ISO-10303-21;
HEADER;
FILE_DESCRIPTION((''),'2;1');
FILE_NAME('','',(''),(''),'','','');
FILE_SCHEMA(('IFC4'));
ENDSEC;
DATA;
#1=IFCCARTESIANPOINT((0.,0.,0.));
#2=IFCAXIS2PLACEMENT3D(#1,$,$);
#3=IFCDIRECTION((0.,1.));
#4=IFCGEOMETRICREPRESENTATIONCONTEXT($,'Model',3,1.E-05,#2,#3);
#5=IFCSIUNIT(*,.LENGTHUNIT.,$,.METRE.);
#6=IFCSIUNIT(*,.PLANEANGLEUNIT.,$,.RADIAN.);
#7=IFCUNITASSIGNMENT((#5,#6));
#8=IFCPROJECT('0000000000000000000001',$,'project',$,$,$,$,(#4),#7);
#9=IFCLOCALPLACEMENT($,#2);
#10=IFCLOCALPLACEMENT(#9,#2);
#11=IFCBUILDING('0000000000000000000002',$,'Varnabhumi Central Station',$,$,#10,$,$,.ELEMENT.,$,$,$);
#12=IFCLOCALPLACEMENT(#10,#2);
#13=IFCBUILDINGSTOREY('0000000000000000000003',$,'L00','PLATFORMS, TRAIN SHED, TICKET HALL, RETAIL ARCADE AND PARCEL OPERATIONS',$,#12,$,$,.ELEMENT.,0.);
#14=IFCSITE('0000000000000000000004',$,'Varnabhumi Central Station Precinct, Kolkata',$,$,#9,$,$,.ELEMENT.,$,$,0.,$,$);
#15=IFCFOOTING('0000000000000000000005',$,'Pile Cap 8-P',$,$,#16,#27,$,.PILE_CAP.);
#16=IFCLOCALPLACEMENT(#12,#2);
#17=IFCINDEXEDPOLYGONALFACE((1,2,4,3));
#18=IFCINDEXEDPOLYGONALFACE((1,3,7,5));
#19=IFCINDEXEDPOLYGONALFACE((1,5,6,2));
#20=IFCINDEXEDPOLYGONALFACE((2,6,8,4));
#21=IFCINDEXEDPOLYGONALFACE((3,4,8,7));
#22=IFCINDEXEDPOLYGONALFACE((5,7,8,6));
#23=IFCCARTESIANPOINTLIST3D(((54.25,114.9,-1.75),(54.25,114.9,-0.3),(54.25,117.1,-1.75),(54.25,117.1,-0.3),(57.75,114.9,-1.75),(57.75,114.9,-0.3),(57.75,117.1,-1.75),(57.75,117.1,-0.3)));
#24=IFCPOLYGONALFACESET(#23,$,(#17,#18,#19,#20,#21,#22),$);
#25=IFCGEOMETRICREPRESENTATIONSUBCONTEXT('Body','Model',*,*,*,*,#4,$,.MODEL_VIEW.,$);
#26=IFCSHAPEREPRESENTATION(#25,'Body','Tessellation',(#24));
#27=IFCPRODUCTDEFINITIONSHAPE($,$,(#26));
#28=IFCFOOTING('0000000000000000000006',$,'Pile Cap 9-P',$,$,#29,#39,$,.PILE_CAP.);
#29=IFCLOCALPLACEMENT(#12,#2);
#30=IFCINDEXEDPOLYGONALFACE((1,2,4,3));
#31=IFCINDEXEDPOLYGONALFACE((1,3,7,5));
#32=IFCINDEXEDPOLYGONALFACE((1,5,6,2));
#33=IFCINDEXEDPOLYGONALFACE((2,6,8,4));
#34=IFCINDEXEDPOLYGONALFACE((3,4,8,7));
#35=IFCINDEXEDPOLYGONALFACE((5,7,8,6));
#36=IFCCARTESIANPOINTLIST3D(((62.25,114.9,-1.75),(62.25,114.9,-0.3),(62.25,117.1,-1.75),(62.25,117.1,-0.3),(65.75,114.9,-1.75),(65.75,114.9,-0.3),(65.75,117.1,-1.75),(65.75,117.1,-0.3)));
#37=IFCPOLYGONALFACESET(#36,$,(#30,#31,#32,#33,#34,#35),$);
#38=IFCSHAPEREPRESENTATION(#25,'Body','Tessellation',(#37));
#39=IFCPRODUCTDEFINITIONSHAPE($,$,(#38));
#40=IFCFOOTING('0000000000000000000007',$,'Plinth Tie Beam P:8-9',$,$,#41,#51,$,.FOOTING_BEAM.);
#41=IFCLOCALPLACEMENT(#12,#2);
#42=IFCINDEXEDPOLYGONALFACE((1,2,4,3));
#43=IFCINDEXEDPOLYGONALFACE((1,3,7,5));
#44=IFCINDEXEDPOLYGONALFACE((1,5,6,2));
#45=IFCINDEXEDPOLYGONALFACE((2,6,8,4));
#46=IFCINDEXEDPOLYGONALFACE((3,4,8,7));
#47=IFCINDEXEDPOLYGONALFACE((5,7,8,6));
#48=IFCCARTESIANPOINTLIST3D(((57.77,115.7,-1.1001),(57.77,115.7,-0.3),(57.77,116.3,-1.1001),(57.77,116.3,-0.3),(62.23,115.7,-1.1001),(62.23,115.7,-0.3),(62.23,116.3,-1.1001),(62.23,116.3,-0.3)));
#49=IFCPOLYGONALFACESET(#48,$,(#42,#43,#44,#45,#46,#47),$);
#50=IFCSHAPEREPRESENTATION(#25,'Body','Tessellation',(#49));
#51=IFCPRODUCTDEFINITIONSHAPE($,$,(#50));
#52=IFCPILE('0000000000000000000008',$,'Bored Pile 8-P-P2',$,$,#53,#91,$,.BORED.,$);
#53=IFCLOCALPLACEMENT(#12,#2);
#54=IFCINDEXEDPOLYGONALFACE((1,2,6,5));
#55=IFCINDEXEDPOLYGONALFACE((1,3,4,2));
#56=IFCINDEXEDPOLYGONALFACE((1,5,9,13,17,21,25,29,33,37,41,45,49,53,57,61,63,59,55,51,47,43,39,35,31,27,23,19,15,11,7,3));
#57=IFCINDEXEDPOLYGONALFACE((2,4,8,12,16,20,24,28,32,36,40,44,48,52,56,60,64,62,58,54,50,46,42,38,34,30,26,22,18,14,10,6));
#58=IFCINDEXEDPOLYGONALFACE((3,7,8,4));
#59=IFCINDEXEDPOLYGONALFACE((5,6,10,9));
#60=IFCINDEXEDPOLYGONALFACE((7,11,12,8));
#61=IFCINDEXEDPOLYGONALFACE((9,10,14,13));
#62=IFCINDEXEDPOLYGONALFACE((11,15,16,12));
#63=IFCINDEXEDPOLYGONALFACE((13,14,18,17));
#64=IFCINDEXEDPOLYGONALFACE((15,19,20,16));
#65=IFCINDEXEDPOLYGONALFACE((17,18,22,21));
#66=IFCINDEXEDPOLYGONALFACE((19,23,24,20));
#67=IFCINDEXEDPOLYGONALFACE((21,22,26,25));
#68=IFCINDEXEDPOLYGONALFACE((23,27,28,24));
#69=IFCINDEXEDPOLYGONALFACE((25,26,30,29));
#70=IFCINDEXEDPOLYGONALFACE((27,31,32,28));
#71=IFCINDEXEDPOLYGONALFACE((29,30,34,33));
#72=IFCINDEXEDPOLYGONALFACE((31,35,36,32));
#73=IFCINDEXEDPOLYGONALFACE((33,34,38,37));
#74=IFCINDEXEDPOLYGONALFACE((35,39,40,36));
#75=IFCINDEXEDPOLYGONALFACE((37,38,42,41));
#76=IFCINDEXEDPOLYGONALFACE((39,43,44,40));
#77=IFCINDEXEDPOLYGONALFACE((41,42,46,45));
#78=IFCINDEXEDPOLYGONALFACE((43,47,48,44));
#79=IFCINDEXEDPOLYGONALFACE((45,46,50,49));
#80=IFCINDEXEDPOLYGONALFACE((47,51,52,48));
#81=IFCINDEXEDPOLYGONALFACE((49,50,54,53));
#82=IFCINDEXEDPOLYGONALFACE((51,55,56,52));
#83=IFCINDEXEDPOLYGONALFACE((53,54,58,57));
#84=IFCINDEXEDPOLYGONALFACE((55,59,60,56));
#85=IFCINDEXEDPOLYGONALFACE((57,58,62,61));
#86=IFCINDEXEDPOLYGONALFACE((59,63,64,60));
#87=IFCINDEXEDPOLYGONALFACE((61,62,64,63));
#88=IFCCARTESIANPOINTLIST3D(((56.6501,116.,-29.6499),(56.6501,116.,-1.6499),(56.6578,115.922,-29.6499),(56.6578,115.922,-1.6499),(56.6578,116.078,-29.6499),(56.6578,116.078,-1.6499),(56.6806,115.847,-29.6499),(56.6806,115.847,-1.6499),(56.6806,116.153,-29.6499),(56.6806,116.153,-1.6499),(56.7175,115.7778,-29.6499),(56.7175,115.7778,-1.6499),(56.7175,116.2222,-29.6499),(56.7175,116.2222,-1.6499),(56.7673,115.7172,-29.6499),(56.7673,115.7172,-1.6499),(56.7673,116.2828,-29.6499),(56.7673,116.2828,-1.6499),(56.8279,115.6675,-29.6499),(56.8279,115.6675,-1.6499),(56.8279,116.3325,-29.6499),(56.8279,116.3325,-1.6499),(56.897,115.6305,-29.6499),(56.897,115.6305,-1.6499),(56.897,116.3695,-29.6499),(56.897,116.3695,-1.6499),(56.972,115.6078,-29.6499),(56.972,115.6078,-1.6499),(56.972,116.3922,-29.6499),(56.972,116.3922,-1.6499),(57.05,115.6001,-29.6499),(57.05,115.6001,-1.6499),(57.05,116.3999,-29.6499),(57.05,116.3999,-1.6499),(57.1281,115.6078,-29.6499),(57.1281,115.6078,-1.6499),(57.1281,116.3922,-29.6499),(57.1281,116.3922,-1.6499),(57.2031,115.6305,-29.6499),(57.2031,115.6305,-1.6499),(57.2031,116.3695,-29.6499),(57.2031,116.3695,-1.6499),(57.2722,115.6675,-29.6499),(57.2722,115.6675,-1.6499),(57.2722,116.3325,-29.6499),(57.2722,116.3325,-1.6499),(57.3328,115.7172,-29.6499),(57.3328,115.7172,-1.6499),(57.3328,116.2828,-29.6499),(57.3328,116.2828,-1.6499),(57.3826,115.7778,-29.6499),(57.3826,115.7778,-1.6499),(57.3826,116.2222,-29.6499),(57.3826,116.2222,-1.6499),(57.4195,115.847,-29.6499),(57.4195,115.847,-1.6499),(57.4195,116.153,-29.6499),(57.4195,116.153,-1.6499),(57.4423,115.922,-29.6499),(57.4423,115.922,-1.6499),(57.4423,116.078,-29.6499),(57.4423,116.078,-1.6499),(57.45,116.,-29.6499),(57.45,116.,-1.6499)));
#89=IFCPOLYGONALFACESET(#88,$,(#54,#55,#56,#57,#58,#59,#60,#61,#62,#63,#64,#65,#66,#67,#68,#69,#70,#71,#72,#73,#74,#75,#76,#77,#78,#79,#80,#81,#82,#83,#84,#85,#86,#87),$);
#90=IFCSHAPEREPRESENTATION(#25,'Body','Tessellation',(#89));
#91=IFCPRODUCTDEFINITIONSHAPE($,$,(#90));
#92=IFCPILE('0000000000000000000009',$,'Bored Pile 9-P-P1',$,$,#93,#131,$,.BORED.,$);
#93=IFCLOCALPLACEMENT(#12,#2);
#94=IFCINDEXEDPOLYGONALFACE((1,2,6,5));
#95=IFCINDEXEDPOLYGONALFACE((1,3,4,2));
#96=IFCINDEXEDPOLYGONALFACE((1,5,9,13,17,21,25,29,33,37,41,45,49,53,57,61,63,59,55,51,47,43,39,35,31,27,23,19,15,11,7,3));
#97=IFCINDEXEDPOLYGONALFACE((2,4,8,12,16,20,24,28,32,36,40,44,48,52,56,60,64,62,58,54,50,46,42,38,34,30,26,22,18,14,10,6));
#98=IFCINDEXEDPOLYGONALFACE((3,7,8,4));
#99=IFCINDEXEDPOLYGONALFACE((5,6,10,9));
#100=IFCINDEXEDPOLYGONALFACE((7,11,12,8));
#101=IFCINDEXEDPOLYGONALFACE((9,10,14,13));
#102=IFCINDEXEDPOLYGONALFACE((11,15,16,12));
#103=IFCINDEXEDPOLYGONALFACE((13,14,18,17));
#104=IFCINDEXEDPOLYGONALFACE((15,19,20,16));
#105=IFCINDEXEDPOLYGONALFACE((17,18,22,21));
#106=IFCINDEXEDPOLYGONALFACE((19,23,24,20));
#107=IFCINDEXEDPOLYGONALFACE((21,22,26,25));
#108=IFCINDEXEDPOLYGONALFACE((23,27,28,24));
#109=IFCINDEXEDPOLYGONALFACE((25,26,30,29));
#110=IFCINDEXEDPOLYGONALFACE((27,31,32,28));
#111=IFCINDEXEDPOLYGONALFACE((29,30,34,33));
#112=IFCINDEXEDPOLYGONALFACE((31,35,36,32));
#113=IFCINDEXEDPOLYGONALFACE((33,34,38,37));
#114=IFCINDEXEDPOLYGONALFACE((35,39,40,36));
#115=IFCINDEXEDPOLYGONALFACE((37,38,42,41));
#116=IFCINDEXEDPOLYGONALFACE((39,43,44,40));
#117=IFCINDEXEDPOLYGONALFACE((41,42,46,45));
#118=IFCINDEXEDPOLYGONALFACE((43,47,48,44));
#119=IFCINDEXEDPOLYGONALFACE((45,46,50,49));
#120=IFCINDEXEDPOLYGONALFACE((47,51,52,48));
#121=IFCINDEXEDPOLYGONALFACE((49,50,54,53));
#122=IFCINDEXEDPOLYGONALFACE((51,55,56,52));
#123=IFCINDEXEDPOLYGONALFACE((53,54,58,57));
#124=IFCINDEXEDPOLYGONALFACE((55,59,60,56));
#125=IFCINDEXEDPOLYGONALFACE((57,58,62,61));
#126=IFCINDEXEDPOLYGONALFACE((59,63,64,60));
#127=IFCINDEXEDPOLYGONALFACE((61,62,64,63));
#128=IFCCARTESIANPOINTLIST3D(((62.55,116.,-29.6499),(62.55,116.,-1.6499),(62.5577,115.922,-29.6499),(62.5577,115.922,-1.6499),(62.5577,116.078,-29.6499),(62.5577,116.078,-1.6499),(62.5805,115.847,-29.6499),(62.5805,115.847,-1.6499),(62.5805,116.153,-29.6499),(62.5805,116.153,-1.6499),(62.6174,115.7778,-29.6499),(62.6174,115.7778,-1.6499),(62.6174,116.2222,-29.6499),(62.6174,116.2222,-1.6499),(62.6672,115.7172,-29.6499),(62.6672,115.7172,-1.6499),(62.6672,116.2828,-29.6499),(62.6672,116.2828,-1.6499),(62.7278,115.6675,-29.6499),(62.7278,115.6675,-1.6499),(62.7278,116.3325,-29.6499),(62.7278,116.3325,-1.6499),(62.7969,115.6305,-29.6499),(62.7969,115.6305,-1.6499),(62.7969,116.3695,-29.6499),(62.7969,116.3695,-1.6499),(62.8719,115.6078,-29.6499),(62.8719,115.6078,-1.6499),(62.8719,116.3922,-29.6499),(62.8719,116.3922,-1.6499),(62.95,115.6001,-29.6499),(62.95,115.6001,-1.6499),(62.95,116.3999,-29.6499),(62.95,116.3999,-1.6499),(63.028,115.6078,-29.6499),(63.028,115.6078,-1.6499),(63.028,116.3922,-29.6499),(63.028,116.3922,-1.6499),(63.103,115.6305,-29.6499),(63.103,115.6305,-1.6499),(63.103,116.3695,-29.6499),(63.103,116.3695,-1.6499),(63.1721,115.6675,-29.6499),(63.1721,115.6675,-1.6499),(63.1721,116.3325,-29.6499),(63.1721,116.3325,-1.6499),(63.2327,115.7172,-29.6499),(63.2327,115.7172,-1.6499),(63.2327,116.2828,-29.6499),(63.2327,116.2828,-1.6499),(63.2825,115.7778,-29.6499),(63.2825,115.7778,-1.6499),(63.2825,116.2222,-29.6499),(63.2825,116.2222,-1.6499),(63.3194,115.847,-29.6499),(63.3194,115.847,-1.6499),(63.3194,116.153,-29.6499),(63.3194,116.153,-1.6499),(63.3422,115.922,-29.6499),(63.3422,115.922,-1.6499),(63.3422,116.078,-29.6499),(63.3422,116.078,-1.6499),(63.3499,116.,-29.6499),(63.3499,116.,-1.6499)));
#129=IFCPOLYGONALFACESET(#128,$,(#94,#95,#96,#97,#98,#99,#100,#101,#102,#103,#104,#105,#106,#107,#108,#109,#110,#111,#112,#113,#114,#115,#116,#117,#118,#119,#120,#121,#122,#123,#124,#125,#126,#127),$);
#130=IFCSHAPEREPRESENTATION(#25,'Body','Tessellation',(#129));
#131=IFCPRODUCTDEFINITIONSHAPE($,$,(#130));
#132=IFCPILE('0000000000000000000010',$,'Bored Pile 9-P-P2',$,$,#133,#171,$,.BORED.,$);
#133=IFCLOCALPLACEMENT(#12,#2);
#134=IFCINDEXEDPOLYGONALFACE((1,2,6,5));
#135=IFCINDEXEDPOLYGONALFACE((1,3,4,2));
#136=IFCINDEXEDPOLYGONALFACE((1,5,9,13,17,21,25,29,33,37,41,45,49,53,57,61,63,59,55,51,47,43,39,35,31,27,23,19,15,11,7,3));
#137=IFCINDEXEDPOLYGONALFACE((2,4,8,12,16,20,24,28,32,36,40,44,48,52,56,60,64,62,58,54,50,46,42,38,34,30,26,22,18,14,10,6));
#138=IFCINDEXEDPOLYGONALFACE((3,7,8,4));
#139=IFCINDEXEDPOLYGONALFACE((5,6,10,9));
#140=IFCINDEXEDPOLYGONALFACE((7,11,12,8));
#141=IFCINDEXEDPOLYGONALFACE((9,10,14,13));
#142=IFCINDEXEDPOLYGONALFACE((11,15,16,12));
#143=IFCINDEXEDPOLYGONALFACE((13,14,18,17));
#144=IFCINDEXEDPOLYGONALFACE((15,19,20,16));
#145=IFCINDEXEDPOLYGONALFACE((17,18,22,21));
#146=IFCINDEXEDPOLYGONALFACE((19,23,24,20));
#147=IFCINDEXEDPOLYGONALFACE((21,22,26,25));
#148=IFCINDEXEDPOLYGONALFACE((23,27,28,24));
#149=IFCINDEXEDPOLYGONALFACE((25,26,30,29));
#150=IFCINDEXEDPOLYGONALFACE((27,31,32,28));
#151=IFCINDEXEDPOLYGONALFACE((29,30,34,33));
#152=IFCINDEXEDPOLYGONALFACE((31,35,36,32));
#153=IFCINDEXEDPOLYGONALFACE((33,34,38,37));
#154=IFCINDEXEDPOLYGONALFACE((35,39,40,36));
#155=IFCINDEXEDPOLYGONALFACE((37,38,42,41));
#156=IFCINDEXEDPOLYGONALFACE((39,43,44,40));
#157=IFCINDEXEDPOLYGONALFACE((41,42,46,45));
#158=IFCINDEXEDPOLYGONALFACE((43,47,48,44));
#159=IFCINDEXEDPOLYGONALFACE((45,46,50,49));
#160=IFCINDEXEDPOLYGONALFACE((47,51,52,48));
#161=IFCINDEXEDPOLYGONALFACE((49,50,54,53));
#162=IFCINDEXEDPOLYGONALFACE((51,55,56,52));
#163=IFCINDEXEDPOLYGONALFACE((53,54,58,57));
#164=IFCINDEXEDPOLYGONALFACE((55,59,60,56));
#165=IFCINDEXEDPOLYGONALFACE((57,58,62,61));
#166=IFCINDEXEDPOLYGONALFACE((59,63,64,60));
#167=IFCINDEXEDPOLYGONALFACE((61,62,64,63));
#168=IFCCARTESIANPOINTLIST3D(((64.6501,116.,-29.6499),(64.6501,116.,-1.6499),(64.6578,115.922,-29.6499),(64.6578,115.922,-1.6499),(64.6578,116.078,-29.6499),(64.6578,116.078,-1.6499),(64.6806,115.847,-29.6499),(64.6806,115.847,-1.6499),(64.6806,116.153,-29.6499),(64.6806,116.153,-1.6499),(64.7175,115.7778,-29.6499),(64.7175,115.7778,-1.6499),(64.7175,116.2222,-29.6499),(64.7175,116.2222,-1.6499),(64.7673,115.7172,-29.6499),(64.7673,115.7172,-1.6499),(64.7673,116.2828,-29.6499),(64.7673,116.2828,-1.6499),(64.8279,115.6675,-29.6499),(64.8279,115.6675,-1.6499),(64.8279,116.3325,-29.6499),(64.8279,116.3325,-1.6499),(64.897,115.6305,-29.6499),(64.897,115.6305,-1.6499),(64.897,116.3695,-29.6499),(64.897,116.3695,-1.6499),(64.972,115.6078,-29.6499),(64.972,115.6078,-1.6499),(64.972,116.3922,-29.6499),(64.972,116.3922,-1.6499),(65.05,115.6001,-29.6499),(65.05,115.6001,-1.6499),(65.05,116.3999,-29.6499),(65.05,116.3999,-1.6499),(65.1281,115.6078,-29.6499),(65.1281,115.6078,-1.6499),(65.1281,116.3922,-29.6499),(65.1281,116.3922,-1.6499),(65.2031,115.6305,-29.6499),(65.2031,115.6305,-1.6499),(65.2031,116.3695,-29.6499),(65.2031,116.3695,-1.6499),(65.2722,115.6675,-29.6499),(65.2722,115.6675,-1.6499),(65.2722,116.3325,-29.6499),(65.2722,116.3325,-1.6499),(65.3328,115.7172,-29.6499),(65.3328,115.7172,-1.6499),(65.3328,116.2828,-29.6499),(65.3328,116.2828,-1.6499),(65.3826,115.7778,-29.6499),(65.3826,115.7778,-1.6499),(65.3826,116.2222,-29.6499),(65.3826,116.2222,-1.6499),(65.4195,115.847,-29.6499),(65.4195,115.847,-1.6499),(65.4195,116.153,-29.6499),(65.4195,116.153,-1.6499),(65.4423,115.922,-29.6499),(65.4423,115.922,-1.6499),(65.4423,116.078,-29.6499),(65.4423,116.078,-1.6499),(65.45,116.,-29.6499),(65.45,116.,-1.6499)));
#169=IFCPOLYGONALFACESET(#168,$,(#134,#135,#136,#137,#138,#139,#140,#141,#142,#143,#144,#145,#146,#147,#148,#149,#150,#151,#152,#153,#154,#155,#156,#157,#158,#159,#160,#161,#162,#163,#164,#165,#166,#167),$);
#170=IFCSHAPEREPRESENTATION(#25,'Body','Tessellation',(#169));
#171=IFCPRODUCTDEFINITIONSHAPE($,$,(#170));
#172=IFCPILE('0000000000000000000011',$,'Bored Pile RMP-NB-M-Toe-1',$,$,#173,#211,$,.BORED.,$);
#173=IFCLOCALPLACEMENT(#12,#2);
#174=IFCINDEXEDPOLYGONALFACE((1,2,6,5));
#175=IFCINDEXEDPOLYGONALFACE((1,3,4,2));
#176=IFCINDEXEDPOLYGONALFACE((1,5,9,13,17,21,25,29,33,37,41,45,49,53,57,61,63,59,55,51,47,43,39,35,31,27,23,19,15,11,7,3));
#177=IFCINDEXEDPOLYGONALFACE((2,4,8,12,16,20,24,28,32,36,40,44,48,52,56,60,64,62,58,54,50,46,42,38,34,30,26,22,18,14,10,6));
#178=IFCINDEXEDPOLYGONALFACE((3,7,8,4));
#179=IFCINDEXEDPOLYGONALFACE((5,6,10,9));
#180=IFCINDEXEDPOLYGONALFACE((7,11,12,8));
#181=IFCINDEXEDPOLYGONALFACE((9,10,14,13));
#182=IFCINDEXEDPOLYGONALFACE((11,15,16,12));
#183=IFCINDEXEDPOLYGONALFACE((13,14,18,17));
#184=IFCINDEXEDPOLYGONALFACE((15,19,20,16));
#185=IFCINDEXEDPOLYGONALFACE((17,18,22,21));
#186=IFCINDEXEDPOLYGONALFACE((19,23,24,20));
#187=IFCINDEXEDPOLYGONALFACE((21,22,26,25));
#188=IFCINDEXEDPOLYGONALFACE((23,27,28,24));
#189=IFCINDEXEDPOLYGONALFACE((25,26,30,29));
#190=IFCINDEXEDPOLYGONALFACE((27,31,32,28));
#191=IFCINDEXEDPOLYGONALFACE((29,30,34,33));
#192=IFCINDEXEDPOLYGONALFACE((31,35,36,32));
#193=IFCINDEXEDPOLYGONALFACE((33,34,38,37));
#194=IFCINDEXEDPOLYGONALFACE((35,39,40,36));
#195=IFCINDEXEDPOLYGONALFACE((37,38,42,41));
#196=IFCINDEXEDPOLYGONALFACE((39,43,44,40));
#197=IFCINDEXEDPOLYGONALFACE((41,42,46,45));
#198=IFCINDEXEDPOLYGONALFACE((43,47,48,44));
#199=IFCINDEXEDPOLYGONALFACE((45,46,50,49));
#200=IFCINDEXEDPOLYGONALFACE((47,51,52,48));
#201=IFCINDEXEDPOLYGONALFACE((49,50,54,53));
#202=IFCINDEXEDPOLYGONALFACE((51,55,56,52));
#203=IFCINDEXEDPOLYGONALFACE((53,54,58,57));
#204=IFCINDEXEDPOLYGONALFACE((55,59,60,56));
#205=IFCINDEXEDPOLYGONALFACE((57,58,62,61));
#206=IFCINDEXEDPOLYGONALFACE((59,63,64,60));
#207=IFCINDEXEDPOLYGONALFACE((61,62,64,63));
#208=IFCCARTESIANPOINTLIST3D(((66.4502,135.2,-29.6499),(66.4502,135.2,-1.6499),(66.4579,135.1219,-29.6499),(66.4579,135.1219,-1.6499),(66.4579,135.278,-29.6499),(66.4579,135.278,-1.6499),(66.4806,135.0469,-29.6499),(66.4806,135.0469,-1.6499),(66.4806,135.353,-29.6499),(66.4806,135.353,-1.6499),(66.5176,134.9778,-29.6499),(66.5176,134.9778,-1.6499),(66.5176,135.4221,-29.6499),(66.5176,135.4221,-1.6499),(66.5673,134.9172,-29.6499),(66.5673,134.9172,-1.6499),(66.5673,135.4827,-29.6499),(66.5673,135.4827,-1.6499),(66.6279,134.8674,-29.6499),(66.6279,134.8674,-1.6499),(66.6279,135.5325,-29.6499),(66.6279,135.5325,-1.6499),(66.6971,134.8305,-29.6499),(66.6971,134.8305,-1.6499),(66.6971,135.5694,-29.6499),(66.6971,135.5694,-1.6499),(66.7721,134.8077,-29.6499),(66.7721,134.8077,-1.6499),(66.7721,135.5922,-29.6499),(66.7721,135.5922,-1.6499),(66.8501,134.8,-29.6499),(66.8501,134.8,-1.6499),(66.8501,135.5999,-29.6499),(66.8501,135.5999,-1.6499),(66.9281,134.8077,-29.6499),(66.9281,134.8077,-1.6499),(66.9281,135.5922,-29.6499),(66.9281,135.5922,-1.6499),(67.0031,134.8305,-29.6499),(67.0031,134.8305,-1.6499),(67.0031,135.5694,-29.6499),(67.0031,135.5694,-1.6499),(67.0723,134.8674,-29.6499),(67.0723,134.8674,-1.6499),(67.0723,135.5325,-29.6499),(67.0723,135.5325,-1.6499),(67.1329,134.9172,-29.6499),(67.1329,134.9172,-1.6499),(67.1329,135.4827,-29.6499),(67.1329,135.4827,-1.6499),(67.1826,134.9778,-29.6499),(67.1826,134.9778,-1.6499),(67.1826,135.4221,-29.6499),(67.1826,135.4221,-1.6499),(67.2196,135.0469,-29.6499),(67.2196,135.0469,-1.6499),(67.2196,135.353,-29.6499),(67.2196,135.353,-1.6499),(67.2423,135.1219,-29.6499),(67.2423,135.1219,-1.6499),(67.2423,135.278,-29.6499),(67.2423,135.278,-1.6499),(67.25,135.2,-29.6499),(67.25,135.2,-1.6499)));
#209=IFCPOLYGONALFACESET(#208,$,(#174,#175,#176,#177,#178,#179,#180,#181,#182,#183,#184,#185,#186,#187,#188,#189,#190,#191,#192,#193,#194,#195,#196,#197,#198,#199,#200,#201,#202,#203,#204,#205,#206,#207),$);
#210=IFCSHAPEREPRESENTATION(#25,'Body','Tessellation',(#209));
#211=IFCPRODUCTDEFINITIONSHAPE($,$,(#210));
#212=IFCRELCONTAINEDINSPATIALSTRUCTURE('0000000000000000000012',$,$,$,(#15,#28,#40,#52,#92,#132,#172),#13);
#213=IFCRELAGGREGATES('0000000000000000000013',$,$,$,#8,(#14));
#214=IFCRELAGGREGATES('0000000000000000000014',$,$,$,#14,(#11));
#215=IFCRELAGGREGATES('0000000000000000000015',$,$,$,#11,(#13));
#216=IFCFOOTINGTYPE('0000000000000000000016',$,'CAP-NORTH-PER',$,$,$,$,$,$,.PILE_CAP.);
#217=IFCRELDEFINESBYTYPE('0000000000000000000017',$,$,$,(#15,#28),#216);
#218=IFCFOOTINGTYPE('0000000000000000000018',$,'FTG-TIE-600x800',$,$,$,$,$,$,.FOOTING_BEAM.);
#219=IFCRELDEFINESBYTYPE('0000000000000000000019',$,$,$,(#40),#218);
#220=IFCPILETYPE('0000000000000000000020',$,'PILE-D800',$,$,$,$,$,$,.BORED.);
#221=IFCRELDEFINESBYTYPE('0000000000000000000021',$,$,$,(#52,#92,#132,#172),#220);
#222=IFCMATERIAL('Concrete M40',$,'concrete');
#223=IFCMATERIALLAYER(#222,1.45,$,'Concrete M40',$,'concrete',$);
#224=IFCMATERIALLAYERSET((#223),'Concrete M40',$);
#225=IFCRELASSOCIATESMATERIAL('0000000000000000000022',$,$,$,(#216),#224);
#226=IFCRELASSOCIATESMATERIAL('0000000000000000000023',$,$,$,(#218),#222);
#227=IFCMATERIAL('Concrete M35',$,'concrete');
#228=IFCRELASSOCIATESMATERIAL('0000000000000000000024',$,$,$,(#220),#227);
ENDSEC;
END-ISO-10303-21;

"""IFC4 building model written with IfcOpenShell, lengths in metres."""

from ifc_helpers import new_model, si_unit, direction, frame, origin, origin_2d, place, context, subcontext, project, spatial, rectangle, circle, extrude, material, layer, layer_set, material_profile, profile_set, type_object, element, save


model = new_model("IFC4")

# Units and contexts
model_context = context("Model", 3, precision=1e-05, world=origin(), true_north=direction((0.0, 1.0)))
body_context = subcontext(model_context, "Body", "Model", "MODEL_VIEW")
ifc_project = project(units=[si_unit("LENGTHUNIT", "METRE"), si_unit("PLANEANGLEUNIT", "RADIAN")], contexts=[model_context])

# Site, building, storey
site_placement = place(None, origin())
site = spatial("IfcSite", under=ifc_project, at=site_placement, Name="Varnabhumi Central Station Precinct, Kolkata", CompositionType="ELEMENT", RefElevation=0.0)
building_placement = place(site_placement, origin())
building = spatial("IfcBuilding", under=site, at=building_placement, Name="Varnabhumi Central Station", CompositionType="ELEMENT")
storey_placement = place(building_placement, origin())
storey = spatial("IfcBuildingStorey", under=building, at=storey_placement, Name="L00", Description="PLATFORMS, TRAIN SHED, TICKET HALL, RETAIL ARCADE AND PARCEL OPERATIONS", CompositionType="ELEMENT", Elevation=0.0)

# Footings
ifc_material_1 = material(Name="Concrete M40", Category="concrete")
ifc_layer_1 = layer(ifc_material_1, 1.45, Name="Concrete M40", Category="concrete")
ifc_layer_set_1 = layer_set([ifc_layer_1], Name="Concrete M40")
footing_type_1 = type_object("IfcFootingType", Name="CAP-NORTH-PER", PredefinedType="PILE_CAP", material=ifc_layer_set_1)
for number, where, z_axis, x_axis, name in (
    (1, (56.0, 116.0, -1.75), (0.0, 0.0, 1.0), (1.0, 0.0, 0.0), "Pile Cap 8-P"),
    (2, (64.0, 116.0, -1.75), (0.0, 0.0, 1.0), (1.0, 0.0, 0.0), "Pile Cap 9-P"),
):
    element("IfcFooting", number, at=place(storey_placement, frame(where, z_axis=z_axis, x_axis=x_axis)), inside=storey, type_object=footing_type_1, Name=name, PredefinedType="PILE_CAP", context=body_context, shape_type="SweptSolid", body=[
        extrude(rectangle(XDim=3.5, YDim=2.2, at=origin_2d()), origin(), (0.0, 0.0, 1.0), 1.45),
    ])
footing_type_2 = type_object("IfcFootingType", Name="FTG-TIE-600x800", PredefinedType="FOOTING_BEAM", material=ifc_material_1)
footing_placement = place(storey_placement, frame((60.0, 116.0, -1.1001), z_axis=(0.0, 0.0, 1.0), x_axis=(1.0, 0.0, 0.0)))
element("IfcFooting", 3, at=footing_placement, inside=storey, type_object=footing_type_2, Name="Plinth Tie Beam P:8-9", PredefinedType="FOOTING_BEAM", context=body_context, shape_type="SweptSolid", body=[
    extrude(rectangle(XDim=4.46, YDim=0.6001, at=origin_2d()), origin(), (0.0, 0.0, 1.0), 0.8),
])

# Piles
ifc_material_2 = material(Name="Concrete M35", Category="concrete")
ifc_material_profile_1 = material_profile(ifc_material_2, circle(Radius=0.3999, at=origin_2d()), Name="Concrete M35", Category="concrete")
ifc_profile_set_1 = profile_set([ifc_material_profile_1], Name="Concrete M35")
pile_type = type_object("IfcPileType", Name="PILE-D800", PredefinedType="BORED", material=ifc_profile_set_1)
for number, where, z_axis, x_axis, name in (
    (4, (57.05, 116.0, -1.6499), (0.0, 0.0, -1.0), (1.0, 0.0, 0.0), "Bored Pile 8-P-P2"),
    (5, (62.95, 116.0, -1.6499), (0.0, 0.0, -1.0), (1.0, 0.0, 0.0), "Bored Pile 9-P-P1"),
    (6, (65.05, 116.0, -1.6499), (0.0, 0.0, -1.0), (1.0, 0.0, 0.0), "Bored Pile 9-P-P2"),
    (7, (66.8501, 135.2, -1.6499), (0.0, 0.0, -1.0), (1.0, 0.0, 0.0), "Bored Pile RMP-NB-M-Toe-1"),
):
    element("IfcPile", number, at=place(storey_placement, frame(where, z_axis=z_axis, x_axis=x_axis)), inside=storey, type_object=pile_type, Name=name, PredefinedType="BORED", context=body_context, shape_type="SweptSolid", body=[
        extrude(circle(Radius=0.3999, at=origin_2d()), origin(), (0.0, 0.0, 1.0), 28.0),
    ])

save(model, "model.ifc")
